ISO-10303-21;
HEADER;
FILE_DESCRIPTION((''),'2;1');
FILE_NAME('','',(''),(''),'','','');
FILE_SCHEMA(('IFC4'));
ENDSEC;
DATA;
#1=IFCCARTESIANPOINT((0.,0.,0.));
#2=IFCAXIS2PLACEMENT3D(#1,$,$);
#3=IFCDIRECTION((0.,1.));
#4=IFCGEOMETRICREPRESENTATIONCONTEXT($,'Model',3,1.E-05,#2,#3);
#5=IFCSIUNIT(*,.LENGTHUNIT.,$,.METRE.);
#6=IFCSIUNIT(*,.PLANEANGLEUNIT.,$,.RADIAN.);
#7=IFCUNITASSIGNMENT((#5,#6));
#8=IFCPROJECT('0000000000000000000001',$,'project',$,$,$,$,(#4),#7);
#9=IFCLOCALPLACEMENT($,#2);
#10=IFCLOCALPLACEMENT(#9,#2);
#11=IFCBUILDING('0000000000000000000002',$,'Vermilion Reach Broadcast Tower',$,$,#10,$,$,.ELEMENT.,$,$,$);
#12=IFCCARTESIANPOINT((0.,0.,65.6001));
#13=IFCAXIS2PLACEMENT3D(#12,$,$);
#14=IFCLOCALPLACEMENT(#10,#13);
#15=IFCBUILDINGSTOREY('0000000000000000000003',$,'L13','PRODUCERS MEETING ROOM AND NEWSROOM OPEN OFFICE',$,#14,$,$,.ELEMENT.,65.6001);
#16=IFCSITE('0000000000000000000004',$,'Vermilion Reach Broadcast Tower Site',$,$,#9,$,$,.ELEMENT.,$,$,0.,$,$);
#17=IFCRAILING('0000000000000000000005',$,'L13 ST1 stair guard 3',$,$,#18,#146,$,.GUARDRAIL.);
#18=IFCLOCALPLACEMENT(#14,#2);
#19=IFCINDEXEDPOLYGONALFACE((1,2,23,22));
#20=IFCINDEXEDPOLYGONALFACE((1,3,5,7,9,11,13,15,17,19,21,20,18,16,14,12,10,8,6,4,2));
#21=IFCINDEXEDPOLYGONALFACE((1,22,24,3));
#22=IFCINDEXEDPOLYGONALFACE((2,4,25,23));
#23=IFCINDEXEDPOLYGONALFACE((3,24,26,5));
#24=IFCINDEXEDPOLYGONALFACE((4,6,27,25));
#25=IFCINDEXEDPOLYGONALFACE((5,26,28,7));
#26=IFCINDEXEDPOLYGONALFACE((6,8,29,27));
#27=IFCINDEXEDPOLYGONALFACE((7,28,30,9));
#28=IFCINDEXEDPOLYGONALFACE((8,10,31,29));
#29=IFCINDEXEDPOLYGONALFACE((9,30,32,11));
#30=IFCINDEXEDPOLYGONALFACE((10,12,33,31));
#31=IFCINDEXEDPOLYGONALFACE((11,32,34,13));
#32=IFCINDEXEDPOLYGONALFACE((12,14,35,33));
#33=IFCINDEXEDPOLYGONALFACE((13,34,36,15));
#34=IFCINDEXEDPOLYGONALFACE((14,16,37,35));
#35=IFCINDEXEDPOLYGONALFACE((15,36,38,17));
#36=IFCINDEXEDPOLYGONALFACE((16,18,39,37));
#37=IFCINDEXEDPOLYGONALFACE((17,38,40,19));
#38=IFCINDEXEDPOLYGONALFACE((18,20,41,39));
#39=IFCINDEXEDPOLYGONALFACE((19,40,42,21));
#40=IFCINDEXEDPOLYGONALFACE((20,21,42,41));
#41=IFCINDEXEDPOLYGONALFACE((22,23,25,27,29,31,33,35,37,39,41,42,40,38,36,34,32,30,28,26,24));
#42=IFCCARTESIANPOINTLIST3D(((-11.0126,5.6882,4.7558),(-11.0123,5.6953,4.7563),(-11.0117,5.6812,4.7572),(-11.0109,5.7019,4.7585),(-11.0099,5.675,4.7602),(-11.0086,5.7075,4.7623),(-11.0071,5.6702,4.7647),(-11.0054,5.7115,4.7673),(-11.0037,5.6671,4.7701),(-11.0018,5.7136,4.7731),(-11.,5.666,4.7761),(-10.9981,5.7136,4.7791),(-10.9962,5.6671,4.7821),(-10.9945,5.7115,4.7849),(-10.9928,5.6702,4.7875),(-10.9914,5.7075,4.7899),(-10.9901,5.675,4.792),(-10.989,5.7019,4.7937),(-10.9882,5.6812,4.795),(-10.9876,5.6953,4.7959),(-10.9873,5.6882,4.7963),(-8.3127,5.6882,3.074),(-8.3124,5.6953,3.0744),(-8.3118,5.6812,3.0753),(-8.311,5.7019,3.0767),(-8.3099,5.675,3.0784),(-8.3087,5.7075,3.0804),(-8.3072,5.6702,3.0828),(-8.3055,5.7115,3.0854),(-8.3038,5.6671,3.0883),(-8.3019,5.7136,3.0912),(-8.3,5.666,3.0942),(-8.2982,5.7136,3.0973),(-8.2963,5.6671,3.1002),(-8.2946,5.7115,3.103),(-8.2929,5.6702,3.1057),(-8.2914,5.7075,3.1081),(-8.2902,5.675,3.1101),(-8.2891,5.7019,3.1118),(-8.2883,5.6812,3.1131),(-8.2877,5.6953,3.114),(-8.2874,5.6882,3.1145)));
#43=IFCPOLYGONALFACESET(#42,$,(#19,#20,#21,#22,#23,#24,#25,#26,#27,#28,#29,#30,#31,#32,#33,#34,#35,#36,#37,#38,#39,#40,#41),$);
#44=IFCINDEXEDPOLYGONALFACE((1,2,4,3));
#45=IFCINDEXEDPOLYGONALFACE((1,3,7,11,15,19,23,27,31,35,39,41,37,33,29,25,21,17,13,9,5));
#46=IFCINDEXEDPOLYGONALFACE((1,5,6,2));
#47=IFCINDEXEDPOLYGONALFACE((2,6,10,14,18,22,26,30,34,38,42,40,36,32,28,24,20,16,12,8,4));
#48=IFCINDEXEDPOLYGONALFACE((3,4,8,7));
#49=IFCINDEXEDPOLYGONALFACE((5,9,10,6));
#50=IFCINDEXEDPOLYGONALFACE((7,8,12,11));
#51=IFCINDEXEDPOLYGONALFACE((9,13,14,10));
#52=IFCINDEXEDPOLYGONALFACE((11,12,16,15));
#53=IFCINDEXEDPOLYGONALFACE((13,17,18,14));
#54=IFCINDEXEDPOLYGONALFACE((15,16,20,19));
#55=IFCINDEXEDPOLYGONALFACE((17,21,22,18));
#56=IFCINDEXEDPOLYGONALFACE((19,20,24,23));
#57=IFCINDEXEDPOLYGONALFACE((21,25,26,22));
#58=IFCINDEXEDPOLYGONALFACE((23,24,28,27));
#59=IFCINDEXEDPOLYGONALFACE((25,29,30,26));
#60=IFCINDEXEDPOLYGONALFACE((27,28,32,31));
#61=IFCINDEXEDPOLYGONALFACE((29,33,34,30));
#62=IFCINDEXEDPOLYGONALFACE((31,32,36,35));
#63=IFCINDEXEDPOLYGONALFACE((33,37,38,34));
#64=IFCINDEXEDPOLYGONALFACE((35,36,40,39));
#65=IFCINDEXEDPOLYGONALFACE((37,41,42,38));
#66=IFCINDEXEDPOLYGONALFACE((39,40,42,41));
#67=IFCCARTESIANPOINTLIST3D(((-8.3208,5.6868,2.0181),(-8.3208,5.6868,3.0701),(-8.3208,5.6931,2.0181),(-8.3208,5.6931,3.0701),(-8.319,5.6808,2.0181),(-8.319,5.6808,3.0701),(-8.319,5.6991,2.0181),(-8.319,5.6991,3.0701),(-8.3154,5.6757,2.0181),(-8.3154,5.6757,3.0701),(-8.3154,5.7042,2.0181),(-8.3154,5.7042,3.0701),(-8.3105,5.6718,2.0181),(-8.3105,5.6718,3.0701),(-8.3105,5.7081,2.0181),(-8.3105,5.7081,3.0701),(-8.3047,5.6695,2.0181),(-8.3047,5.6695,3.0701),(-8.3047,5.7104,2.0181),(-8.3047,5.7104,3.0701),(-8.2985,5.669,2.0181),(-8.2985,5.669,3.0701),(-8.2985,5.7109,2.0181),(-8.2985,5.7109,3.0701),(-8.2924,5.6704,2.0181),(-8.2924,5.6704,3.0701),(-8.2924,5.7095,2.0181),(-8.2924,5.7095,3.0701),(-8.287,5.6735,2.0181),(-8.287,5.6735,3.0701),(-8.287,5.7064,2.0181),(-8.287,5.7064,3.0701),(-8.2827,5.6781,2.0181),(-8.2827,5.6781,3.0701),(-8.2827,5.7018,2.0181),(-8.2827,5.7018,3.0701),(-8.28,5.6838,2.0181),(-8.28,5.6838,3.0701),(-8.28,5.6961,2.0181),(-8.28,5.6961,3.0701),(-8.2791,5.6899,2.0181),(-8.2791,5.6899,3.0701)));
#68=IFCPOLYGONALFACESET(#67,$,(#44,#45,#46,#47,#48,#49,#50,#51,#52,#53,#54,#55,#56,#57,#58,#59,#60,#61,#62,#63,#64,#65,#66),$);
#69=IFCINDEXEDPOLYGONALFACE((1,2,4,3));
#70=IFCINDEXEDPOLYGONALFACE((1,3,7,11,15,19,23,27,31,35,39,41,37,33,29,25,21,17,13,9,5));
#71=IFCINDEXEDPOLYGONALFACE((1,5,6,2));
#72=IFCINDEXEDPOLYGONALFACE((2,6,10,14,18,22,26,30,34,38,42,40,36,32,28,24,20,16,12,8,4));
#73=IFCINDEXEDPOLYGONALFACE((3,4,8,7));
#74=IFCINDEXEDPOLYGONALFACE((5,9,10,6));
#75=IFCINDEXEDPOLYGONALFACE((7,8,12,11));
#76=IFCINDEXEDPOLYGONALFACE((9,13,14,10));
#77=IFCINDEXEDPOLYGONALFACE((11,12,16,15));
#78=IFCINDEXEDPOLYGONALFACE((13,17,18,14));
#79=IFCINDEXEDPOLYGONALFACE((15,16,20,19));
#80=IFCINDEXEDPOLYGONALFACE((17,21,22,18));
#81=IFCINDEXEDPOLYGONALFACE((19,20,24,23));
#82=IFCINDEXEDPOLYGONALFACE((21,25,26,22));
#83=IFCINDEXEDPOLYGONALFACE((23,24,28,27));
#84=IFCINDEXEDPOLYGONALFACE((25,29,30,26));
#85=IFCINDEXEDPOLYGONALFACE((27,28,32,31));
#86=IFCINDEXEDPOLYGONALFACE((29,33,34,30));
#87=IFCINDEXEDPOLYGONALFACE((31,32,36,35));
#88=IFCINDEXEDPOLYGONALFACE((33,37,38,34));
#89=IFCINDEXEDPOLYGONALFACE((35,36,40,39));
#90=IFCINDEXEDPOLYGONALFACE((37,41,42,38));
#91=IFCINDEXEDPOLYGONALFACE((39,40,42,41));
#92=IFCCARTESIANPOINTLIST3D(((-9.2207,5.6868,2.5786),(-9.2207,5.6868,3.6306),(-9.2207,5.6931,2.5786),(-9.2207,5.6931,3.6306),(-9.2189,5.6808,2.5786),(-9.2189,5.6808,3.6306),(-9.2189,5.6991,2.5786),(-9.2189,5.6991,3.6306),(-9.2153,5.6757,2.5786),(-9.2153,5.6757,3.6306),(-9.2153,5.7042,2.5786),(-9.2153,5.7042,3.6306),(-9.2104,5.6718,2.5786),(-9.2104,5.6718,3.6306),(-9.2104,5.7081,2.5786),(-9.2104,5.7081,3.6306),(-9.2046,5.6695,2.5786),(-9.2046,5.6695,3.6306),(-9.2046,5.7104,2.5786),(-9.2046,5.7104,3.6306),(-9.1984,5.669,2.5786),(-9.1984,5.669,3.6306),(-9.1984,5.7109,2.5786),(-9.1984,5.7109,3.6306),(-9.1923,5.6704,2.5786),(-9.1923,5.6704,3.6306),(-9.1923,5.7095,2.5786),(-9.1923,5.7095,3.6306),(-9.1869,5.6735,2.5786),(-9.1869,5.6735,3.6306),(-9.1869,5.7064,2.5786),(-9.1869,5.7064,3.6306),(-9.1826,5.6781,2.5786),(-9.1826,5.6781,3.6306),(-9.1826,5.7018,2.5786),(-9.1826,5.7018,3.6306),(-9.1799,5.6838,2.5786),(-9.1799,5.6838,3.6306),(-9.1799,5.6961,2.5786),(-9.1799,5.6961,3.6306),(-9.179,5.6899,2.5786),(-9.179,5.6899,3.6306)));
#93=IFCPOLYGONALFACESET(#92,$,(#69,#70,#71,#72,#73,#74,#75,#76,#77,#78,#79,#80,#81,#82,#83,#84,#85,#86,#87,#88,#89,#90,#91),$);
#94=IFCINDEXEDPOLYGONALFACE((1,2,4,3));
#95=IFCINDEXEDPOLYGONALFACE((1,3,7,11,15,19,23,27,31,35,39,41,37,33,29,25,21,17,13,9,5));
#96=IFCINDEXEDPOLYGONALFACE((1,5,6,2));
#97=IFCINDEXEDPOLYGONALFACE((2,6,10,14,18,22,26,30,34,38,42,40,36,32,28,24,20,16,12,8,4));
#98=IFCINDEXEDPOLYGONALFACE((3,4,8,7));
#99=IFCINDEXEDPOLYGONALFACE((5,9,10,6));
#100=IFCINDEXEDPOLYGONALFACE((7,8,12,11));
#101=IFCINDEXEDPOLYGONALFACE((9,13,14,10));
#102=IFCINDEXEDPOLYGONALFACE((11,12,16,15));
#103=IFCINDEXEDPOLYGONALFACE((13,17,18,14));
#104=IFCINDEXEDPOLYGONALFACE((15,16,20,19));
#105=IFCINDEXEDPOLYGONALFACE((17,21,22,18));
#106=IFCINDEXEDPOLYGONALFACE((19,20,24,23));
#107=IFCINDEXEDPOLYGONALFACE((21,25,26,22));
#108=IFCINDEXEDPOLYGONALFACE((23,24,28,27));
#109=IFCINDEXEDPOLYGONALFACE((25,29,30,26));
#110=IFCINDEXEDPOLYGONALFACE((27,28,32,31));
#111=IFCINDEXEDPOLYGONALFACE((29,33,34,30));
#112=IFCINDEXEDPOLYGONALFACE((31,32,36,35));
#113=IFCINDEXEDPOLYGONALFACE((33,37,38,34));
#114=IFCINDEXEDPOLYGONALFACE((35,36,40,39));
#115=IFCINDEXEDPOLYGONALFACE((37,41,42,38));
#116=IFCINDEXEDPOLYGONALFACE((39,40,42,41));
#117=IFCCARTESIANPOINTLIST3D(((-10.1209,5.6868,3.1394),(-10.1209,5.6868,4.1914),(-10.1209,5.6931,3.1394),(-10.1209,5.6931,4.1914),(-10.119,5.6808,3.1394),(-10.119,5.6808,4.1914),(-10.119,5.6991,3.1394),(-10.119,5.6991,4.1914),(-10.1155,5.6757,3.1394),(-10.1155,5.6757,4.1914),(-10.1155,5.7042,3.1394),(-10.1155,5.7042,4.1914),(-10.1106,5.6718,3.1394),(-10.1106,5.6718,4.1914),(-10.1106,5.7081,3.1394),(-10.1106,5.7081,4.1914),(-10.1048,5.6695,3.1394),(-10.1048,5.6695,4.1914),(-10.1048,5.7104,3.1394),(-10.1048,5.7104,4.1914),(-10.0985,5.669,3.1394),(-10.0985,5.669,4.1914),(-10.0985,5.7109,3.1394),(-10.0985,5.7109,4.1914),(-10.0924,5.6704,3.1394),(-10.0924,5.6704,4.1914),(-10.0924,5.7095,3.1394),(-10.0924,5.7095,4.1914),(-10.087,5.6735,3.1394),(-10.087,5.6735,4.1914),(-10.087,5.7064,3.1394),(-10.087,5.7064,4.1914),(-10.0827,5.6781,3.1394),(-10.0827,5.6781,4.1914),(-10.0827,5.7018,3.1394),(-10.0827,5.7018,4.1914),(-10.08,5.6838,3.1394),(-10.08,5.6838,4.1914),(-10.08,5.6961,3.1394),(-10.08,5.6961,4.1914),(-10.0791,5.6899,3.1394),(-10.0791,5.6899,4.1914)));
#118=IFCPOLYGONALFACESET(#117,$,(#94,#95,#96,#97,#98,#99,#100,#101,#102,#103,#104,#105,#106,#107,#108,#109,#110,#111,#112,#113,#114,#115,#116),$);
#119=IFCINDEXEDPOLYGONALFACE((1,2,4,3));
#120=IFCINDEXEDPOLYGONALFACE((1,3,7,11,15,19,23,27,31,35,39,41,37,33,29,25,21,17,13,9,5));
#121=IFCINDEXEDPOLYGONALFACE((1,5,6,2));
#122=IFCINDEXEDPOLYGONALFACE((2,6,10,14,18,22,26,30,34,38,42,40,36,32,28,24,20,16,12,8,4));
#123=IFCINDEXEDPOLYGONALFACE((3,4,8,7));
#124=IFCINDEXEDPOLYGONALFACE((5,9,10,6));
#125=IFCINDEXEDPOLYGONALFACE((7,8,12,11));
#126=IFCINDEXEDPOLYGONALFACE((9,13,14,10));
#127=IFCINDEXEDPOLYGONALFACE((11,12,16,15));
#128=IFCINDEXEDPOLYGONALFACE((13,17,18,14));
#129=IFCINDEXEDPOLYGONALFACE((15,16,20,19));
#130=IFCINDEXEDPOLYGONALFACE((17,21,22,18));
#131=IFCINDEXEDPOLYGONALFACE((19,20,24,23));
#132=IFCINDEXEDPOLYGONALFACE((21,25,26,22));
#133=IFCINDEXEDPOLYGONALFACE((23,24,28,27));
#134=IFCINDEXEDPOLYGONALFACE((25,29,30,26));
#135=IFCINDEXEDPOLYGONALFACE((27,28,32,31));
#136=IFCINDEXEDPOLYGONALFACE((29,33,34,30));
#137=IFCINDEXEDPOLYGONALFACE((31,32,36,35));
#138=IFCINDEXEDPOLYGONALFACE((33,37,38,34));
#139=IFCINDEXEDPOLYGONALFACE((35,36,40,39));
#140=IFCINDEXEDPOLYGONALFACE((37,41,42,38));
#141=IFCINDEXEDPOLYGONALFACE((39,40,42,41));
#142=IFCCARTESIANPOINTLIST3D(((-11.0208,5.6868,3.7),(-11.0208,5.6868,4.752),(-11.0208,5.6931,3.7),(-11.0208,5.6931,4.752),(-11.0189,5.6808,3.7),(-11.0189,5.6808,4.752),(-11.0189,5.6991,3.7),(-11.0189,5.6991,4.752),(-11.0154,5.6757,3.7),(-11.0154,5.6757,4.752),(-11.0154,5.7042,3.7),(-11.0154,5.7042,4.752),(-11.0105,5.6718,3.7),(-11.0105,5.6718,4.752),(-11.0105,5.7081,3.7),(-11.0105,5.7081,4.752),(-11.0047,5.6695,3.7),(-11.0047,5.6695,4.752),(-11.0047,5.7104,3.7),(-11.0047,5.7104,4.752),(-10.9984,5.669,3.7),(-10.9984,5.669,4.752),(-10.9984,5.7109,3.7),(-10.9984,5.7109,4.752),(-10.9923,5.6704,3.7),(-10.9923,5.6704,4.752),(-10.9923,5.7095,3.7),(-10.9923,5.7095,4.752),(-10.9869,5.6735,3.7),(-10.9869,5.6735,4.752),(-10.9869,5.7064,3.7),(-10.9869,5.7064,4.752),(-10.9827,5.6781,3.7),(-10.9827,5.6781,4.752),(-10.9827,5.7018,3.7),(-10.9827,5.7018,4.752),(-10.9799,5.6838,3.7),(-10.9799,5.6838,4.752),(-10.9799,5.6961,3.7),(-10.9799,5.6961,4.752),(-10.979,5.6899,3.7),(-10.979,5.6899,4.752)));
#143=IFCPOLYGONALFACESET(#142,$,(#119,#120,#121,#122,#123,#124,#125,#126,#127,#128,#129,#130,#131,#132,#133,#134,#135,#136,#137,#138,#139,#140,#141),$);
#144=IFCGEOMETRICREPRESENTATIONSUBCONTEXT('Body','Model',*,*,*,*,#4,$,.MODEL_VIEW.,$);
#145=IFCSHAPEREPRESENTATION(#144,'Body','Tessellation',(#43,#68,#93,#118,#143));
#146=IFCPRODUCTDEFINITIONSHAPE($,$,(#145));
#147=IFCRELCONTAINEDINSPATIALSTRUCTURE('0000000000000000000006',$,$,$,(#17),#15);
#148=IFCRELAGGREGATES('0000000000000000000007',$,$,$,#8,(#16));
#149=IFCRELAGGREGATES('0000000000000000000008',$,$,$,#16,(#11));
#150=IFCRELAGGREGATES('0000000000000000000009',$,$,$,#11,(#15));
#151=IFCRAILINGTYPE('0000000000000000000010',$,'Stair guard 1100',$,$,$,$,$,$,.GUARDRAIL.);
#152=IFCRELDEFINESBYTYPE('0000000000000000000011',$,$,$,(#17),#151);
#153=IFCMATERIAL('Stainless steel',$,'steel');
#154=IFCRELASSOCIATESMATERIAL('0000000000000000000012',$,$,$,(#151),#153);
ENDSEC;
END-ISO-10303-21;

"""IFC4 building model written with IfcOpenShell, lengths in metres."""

from ifc_helpers import new_model, si_unit, direction, frame, origin, origin_2d, place, context, subcontext, project, spatial, circle, extrude, material, type_object, element, save


model = new_model("IFC4")

# Units and contexts
model_context = context("Model", 3, precision=1e-05, world=origin(), true_north=direction((0.0, 1.0)))
body_context = subcontext(model_context, "Body", "Model", "MODEL_VIEW")
ifc_project = project(units=[si_unit("LENGTHUNIT", "METRE"), si_unit("PLANEANGLEUNIT", "RADIAN")], contexts=[model_context])

# Site, building, storey
site_placement = place(None, origin())
site = spatial("IfcSite", under=ifc_project, at=site_placement, Name="Vermilion Reach Broadcast Tower Site", CompositionType="ELEMENT", RefElevation=0.0)
building_placement = place(site_placement, origin())
building = spatial("IfcBuilding", under=site, at=building_placement, Name="Vermilion Reach Broadcast Tower", CompositionType="ELEMENT")
storey_placement = place(building_placement, frame((0.0, 0.0, 65.6001)))
storey = spatial("IfcBuildingStorey", under=building, at=storey_placement, Name="L13", Description="PRODUCERS MEETING ROOM AND NEWSROOM OPEN OFFICE", CompositionType="ELEMENT", Elevation=65.6001)

# Railing
ifc_material_1 = material(Name="Stainless steel", Category="steel")
railing_type_1 = type_object("IfcRailingType", Name="Stair guard 1100", PredefinedType="GUARDRAIL", material=ifc_material_1)
railing_1_placement = place(storey_placement, frame((-8.3, 5.6899, 2.0181)))
element("IfcRailing", 1, at=railing_1_placement, inside=storey, type_object=railing_type_1, Name="L13 ST1 stair guard 3", PredefinedType="GUARDRAIL", context=body_context, shape_type="SweptSolid", body=[
    extrude(circle(Radius=0.0239, at=origin_2d()), frame((0.0, 0.0, 1.0762), z_axis=(-0.848786, 0.0, 0.528736), x_axis=(0.0, -1.0, 0.0)), (0.0, 0.0, 1.0), 3.1809),
    extrude(circle(Radius=0.021, at=origin_2d()), origin(), (0.0, 0.0, 1.0), 1.052),
    extrude(circle(Radius=0.021, at=origin_2d()), frame((-0.8999, 0.0, 0.5605)), (0.0, 0.0, 1.0), 1.052),
    extrude(circle(Radius=0.021, at=origin_2d()), frame((-1.8, 0.0, 1.1213)), (0.0, 0.0, 1.0), 1.052),
    extrude(circle(Radius=0.021, at=origin_2d()), frame((-2.7, 0.0, 1.6819)), (0.0, 0.0, 1.0), 1.052),
])

save(model, "model.ifc")
